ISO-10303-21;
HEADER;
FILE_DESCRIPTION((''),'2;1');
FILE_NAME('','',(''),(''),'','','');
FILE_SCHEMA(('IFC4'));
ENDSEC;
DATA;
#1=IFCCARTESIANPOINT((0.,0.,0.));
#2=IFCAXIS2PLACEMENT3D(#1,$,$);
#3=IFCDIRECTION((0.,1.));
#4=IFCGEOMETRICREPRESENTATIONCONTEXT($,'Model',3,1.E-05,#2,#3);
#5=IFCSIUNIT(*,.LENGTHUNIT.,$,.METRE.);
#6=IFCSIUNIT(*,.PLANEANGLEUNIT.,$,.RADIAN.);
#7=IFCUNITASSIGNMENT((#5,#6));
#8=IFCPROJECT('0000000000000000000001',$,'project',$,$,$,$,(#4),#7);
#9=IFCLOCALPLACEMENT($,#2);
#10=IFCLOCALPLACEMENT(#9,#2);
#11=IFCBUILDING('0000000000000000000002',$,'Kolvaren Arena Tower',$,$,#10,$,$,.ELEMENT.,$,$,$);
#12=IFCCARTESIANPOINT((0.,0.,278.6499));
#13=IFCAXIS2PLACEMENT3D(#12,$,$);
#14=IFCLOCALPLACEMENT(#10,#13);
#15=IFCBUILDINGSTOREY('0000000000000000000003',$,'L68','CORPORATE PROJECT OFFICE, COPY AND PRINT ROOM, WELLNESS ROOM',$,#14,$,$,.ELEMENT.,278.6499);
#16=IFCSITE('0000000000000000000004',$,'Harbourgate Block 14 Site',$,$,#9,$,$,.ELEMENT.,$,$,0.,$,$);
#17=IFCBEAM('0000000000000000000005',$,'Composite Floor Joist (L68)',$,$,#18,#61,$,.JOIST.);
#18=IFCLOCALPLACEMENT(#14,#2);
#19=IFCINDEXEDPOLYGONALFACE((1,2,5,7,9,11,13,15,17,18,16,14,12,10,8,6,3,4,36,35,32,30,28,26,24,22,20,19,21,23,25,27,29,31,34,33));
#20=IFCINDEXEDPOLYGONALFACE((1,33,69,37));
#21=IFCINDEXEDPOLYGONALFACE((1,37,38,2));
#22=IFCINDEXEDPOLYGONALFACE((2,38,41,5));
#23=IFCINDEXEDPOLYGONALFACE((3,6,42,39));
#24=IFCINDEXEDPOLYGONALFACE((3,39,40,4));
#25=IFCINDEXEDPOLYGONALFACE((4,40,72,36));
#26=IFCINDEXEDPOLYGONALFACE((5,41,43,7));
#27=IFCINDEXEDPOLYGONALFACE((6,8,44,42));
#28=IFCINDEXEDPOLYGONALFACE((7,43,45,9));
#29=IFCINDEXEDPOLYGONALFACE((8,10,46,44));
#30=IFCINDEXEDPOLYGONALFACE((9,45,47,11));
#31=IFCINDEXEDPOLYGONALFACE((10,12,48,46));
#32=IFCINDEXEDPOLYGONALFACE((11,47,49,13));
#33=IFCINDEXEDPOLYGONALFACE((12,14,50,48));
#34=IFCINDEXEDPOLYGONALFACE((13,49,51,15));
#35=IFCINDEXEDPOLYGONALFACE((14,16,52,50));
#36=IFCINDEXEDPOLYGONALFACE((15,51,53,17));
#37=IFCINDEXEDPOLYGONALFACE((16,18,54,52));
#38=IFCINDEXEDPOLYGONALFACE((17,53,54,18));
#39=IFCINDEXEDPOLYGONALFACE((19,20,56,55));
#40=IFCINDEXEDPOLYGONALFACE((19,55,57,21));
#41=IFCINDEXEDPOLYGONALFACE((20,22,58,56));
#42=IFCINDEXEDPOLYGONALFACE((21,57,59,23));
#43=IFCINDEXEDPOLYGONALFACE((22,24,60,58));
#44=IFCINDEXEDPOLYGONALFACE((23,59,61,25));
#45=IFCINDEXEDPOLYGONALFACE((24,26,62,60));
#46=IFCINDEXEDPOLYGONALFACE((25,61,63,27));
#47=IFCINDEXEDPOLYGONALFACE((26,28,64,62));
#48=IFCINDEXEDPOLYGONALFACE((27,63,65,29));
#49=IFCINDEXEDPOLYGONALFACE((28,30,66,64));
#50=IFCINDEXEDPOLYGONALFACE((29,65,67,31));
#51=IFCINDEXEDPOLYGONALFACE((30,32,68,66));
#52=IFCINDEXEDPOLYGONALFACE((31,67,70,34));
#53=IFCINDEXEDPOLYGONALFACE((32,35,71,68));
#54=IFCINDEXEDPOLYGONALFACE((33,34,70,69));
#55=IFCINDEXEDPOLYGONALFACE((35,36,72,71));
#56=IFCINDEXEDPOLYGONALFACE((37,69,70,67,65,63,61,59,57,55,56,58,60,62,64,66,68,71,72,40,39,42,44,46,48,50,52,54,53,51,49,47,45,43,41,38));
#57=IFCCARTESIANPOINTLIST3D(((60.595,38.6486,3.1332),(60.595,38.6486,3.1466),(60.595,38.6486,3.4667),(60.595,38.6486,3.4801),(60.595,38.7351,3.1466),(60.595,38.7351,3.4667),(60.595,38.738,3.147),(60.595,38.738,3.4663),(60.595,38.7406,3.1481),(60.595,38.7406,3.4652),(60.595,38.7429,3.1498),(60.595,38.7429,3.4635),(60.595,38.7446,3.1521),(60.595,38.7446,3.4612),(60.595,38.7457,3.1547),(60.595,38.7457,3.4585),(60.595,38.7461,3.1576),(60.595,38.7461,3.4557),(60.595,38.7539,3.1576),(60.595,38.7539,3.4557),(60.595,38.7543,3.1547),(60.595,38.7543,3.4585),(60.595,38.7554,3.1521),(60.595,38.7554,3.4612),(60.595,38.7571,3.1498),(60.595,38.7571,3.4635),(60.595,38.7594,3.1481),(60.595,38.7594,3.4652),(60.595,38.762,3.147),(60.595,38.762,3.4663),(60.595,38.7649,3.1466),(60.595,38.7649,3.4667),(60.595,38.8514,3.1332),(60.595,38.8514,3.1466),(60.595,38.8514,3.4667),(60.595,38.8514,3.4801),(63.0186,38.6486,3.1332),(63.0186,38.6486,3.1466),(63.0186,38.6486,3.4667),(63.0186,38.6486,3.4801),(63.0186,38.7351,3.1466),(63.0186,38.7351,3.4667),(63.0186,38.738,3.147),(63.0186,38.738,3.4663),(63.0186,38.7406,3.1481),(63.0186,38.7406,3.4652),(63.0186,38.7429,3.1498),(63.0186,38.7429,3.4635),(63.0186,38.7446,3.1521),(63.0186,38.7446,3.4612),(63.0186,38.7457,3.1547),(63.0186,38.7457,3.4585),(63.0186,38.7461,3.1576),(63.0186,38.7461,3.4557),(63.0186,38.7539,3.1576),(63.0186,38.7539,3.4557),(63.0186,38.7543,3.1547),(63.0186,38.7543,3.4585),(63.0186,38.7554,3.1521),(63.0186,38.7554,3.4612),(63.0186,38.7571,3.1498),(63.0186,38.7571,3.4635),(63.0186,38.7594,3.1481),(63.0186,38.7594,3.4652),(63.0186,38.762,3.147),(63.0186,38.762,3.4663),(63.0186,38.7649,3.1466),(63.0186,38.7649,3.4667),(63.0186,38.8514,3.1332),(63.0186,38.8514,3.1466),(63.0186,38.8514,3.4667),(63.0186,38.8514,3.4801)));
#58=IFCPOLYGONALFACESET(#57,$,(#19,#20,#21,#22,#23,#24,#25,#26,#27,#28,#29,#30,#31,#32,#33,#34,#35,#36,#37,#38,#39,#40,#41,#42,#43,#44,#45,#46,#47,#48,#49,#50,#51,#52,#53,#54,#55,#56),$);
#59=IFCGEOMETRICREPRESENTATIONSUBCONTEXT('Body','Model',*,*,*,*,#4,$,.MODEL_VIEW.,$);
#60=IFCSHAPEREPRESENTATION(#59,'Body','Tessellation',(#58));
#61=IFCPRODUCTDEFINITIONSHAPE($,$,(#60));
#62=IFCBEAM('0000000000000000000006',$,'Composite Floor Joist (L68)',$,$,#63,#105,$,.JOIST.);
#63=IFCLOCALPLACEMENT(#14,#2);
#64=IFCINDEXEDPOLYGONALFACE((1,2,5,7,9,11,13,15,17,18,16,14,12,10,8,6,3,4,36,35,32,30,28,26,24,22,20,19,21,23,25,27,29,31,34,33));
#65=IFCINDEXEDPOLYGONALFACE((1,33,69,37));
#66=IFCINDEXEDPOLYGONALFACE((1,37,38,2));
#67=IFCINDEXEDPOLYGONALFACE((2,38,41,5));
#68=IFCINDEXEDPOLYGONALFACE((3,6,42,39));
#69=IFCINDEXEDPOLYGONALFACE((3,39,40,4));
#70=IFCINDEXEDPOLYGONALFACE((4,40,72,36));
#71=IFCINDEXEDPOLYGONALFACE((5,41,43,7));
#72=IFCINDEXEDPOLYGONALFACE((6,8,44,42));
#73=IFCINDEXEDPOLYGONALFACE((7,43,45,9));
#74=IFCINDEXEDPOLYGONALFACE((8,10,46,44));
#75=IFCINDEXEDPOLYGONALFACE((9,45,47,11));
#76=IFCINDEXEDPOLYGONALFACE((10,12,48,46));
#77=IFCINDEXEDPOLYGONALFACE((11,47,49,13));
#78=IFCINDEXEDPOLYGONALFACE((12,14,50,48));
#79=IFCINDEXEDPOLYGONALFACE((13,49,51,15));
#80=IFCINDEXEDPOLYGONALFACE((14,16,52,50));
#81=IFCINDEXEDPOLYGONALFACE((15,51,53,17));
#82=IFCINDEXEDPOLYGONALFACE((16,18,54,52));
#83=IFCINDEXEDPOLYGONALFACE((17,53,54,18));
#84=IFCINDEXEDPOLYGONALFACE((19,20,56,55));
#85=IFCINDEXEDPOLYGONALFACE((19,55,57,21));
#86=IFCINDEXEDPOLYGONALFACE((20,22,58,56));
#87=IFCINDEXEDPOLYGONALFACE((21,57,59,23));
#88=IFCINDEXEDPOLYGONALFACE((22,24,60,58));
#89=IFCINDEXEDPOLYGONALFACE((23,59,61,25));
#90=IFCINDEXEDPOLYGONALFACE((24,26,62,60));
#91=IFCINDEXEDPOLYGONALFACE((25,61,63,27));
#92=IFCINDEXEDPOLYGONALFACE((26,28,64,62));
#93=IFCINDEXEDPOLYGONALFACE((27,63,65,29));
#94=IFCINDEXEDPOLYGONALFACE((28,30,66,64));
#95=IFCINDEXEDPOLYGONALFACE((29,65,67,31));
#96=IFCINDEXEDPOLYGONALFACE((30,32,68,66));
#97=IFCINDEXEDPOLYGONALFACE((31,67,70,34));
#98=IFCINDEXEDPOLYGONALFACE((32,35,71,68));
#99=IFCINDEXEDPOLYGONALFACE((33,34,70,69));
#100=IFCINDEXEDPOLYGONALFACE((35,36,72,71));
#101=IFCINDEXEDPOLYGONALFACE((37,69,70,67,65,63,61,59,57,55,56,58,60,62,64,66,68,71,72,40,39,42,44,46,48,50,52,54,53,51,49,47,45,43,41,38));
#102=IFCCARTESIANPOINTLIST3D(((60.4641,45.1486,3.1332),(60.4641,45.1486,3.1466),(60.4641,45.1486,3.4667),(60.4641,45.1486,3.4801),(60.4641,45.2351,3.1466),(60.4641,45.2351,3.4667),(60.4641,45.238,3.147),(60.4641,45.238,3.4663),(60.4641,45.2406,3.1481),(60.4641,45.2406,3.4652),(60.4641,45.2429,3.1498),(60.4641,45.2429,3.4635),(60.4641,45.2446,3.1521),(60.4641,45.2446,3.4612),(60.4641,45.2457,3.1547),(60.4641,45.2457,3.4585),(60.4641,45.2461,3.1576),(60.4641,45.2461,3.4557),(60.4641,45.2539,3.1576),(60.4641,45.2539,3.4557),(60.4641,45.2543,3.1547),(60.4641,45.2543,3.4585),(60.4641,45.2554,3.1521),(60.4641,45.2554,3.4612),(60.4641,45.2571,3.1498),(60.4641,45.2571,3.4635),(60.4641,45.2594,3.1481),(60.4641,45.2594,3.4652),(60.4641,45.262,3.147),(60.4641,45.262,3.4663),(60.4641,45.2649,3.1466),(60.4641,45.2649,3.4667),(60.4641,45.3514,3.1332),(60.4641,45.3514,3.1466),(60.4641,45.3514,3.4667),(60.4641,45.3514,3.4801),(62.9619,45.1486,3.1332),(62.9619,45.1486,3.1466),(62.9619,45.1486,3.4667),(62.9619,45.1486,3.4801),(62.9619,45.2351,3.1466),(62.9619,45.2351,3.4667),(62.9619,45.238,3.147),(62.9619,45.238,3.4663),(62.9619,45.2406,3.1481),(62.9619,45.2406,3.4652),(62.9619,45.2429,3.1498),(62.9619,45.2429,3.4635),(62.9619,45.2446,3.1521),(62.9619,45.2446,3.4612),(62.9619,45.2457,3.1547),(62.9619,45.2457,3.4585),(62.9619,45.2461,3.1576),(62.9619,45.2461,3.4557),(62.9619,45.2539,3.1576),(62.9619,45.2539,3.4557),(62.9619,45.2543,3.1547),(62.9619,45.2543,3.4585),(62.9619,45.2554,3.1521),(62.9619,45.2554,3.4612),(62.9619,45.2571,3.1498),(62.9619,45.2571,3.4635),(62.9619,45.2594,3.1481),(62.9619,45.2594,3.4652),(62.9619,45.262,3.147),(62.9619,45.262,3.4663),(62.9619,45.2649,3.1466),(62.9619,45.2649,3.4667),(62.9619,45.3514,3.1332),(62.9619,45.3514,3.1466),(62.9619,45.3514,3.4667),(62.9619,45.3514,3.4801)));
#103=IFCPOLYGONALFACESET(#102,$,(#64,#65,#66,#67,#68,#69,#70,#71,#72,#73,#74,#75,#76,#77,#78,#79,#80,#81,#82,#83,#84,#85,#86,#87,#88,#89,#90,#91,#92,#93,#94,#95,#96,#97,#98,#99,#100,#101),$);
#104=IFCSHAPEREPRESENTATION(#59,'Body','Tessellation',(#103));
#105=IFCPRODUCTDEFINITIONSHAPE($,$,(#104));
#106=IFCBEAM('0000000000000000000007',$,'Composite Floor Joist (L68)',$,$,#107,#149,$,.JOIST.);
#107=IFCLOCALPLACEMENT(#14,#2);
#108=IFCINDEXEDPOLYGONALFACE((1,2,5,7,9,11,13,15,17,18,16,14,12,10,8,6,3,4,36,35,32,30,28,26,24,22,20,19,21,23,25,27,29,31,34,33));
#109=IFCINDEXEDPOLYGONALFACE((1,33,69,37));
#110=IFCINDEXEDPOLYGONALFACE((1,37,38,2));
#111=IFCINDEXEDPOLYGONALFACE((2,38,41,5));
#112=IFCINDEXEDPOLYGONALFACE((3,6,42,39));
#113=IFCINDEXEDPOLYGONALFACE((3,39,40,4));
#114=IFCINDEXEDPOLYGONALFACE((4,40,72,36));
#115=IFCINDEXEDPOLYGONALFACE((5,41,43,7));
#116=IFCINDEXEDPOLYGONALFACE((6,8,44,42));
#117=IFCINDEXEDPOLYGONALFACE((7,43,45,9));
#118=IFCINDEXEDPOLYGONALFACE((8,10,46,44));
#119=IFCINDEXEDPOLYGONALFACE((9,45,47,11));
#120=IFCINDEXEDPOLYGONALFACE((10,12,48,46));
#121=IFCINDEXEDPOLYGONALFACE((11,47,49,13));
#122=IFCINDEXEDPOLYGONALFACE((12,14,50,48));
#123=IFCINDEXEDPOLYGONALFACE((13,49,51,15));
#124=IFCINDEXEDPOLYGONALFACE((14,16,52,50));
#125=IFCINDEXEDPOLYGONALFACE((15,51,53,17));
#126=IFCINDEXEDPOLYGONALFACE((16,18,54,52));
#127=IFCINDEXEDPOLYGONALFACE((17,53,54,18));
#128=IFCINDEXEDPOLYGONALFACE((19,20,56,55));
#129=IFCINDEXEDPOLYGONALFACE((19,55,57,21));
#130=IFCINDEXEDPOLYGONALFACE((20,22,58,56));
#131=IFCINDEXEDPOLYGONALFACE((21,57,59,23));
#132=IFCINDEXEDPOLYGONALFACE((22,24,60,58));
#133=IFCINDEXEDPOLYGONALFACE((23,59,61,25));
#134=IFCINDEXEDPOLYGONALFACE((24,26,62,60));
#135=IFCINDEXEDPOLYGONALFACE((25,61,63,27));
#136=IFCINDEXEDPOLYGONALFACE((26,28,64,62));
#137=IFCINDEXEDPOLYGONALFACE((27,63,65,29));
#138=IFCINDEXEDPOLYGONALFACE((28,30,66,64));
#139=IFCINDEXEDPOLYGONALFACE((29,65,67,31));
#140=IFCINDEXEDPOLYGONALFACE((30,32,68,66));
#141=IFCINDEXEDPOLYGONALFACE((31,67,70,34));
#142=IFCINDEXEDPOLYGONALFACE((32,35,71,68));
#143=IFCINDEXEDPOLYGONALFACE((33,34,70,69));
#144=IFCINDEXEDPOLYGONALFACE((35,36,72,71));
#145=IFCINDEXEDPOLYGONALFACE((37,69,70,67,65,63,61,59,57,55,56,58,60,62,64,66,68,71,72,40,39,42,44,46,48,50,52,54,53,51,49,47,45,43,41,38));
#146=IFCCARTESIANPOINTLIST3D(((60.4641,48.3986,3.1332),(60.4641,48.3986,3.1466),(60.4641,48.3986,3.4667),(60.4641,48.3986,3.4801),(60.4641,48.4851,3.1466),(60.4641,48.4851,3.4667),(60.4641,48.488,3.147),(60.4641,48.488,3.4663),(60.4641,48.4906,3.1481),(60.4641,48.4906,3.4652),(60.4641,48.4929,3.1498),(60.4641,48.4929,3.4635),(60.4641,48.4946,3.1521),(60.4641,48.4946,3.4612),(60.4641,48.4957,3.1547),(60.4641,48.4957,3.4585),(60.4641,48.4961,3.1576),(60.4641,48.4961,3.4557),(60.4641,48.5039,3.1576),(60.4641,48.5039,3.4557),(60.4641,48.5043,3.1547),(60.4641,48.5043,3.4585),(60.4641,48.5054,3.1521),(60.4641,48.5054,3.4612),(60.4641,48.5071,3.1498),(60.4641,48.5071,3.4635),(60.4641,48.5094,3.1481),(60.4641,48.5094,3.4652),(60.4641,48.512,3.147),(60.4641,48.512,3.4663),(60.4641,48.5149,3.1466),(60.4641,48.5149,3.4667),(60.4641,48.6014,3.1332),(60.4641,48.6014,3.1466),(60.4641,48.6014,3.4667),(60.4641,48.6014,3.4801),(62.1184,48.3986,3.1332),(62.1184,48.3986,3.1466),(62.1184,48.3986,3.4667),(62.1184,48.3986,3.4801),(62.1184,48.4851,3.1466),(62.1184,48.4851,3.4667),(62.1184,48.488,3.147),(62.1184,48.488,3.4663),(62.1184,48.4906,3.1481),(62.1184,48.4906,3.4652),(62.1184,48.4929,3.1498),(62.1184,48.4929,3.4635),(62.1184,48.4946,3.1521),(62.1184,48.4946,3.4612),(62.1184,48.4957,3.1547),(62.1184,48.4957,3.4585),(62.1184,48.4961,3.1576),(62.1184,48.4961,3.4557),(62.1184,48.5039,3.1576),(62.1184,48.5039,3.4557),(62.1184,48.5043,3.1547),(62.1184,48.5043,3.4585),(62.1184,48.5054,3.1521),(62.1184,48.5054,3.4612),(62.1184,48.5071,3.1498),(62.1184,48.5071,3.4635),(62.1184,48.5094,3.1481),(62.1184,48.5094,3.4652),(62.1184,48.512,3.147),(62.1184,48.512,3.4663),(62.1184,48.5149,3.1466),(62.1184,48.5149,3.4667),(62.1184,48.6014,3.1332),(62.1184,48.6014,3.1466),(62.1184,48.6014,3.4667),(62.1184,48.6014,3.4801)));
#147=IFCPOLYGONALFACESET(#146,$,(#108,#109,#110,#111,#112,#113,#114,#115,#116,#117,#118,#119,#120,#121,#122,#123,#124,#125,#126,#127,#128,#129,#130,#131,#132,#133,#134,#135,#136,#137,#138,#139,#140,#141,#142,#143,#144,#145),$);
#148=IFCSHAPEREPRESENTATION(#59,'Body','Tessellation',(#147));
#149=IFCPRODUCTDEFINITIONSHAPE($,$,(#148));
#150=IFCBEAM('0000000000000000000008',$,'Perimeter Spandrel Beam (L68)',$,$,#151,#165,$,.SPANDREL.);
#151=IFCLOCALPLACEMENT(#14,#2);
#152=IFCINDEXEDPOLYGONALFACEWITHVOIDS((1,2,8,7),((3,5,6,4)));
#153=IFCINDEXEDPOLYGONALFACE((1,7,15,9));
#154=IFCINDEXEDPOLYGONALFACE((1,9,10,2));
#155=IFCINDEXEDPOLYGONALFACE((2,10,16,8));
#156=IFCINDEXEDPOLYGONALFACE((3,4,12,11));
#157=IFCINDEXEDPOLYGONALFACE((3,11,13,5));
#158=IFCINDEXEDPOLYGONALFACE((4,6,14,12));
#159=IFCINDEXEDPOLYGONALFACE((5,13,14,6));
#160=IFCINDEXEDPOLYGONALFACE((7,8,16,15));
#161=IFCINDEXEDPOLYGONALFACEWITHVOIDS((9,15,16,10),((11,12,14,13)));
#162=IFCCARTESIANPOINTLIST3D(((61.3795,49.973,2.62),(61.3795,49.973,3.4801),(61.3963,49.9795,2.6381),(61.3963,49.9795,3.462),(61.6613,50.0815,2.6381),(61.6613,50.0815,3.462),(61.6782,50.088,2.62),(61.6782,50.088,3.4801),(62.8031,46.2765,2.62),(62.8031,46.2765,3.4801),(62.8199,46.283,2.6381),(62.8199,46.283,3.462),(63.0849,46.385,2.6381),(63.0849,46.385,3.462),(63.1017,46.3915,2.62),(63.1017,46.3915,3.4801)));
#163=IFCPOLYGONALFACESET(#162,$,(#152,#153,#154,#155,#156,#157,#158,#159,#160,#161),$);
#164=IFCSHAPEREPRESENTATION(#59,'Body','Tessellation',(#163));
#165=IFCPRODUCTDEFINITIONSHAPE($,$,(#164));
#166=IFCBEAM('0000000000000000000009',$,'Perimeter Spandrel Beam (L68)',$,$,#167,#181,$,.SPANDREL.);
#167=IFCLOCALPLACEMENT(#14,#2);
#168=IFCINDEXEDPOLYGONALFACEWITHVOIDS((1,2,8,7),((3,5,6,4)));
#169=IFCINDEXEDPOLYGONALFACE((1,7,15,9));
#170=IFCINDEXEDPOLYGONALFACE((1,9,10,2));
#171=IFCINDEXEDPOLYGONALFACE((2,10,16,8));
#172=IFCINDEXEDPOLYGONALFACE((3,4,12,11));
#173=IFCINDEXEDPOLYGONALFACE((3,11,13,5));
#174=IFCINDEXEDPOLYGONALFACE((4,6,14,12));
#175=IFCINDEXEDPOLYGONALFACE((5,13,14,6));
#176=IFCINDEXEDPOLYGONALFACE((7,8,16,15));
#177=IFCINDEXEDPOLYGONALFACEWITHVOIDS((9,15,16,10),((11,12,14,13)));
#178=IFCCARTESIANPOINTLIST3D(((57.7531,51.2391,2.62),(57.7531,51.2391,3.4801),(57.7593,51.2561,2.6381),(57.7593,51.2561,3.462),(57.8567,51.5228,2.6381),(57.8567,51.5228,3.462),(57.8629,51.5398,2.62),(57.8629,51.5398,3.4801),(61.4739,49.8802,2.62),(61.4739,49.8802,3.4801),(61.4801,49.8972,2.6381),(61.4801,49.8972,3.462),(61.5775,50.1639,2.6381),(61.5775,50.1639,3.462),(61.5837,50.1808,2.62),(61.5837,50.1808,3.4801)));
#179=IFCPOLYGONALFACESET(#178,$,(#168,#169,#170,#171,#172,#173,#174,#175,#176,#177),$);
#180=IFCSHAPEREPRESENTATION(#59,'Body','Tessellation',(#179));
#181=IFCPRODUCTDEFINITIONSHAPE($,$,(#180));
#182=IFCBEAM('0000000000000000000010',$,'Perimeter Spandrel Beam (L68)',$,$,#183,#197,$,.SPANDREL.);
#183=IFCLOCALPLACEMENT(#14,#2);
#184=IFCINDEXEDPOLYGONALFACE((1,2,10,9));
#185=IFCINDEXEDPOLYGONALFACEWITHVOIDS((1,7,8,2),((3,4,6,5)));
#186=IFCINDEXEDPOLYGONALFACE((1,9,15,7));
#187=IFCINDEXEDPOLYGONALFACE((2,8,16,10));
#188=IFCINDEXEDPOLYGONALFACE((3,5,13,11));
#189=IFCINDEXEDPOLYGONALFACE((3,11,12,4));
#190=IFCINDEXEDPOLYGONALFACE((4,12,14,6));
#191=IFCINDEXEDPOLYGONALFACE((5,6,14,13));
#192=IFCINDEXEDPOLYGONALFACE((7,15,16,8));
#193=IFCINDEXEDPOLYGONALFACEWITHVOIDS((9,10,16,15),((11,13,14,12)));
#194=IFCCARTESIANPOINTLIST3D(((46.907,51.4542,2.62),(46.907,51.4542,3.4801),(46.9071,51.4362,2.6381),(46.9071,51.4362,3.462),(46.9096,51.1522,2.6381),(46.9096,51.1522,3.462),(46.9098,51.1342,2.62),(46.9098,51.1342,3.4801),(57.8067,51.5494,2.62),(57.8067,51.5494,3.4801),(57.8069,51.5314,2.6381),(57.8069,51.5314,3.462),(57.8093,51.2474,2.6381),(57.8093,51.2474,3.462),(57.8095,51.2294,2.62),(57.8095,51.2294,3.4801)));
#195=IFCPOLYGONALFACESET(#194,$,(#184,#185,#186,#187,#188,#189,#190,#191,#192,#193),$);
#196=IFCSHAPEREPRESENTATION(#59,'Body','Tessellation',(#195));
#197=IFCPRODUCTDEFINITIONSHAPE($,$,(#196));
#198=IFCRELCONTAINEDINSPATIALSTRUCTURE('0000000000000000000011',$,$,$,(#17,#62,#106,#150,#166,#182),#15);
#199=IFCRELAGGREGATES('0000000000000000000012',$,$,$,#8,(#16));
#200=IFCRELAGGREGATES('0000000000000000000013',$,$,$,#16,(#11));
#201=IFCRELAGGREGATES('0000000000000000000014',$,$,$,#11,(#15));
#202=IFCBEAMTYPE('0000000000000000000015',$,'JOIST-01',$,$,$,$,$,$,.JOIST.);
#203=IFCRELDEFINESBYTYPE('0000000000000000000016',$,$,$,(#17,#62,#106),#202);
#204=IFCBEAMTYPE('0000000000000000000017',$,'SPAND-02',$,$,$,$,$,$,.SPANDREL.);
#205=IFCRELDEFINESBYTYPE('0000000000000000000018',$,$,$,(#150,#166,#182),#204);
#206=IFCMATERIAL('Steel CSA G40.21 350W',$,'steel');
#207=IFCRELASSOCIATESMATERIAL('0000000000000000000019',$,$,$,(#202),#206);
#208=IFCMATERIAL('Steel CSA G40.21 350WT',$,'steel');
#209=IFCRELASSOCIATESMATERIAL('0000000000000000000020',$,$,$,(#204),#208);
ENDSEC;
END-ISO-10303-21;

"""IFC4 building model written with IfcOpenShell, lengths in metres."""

from ifc_helpers import new_model, si_unit, direction, frame, origin, origin_2d, place, context, subcontext, project, spatial, hollow_rectangle, i_section, extrude, material, material_profile, profile_set, type_object, element, save


model = new_model("IFC4")

# Units and contexts
model_context = context("Model", 3, precision=1e-05, world=origin(), true_north=direction((0.0, 1.0)))
body_context = subcontext(model_context, "Body", "Model", "MODEL_VIEW")
ifc_project = project(units=[si_unit("LENGTHUNIT", "METRE"), si_unit("PLANEANGLEUNIT", "RADIAN")], contexts=[model_context])

# Site, building, storey
site_placement = place(None, origin())
site = spatial("IfcSite", under=ifc_project, at=site_placement, Name="Harbourgate Block 14 Site", CompositionType="ELEMENT", RefElevation=0.0)
building_placement = place(site_placement, origin())
building = spatial("IfcBuilding", under=site, at=building_placement, Name="Kolvaren Arena Tower", CompositionType="ELEMENT")
storey_placement = place(building_placement, frame((0.0, 0.0, 278.6499)))
storey = spatial("IfcBuildingStorey", under=building, at=storey_placement, Name="L68", Description="CORPORATE PROJECT OFFICE, COPY AND PRINT ROOM, WELLNESS ROOM", CompositionType="ELEMENT", Elevation=278.6499)

# Beams
ifc_material_1 = material(Name="Steel CSA G40.21 350W", Category="steel")
ifc_material_profile_1 = material_profile(ifc_material_1, i_section(OverallWidth=0.2029, OverallDepth=0.3469, WebThickness=0.0078, FlangeThickness=0.0134, FilletRadius=0.011, at=origin_2d()), Name="W360x64")
ifc_profile_set_1 = profile_set([ifc_material_profile_1], Name="Steel CSA G40.21 350W")
beam_type_1 = type_object("IfcBeamType", Name="JOIST-01", PredefinedType="JOIST", material=ifc_profile_set_1)
beam_1_placement = place(storey_placement, frame((60.595, 38.75, 3.3066), z_axis=(1.0, 0.0, 0.0), x_axis=(0.0, 1.0, 0.0)))
element("IfcBeam", 1, at=beam_1_placement, inside=storey, type_object=beam_type_1, Name="Composite Floor Joist (L68)", PredefinedType="JOIST", context=body_context, shape_type="SweptSolid", body=[
    extrude(i_section(OverallWidth=0.2029, OverallDepth=0.3469, WebThickness=0.0078, FlangeThickness=0.0134, FilletRadius=0.011, at=origin_2d()), origin(), (0.0, 0.0, 1.0), 2.4236),
])
beam_2_placement = place(storey_placement, frame((60.4641, 45.25, 3.3066), z_axis=(1.0, 0.0, 0.0), x_axis=(0.0, 1.0, 0.0)))
element("IfcBeam", 2, at=beam_2_placement, inside=storey, type_object=beam_type_1, Name="Composite Floor Joist (L68)", PredefinedType="JOIST", context=body_context, shape_type="SweptSolid", body=[
    extrude(i_section(OverallWidth=0.2029, OverallDepth=0.3469, WebThickness=0.0078, FlangeThickness=0.0134, FilletRadius=0.011, at=origin_2d()), origin(), (0.0, 0.0, 1.0), 2.4978),
])
beam_3_placement = place(storey_placement, frame((60.4641, 48.5, 3.3066), z_axis=(1.0, 0.0, 0.0), x_axis=(0.0, 1.0, 0.0)))
element("IfcBeam", 3, at=beam_3_placement, inside=storey, type_object=beam_type_1, Name="Composite Floor Joist (L68)", PredefinedType="JOIST", context=body_context, shape_type="SweptSolid", body=[
    extrude(i_section(OverallWidth=0.2029, OverallDepth=0.3469, WebThickness=0.0078, FlangeThickness=0.0134, FilletRadius=0.011, at=origin_2d()), origin(), (0.0, 0.0, 1.0), 1.6543),
])
ifc_material_2 = material(Name="Steel CSA G40.21 350WT", Category="steel")
ifc_material_profile_2 = material_profile(ifc_material_2, hollow_rectangle(XDim=0.3201, YDim=0.8601, WallThickness=0.0181, at=origin_2d()), Name="HSS 860x320x18")
ifc_profile_set_2 = profile_set([ifc_material_profile_2], Name="Steel CSA G40.21 350WT")
beam_type_2 = type_object("IfcBeamType", Name="SPAND-02", PredefinedType="SPANDREL", material=ifc_profile_set_2)
for number, where, z_axis, x_axis, name in (
    (4, (62.9524, 46.334, 3.05), (-0.359384, 0.93319, 0.0), (-0.93319, -0.359384, 0.0), "Perimeter Spandrel Beam (L68)"),
    (5, (61.5288, 50.0305, 3.05), (-0.939314, 0.343059, 0.0), (-0.343059, -0.939314, 0.0), "Perimeter Spandrel Beam (L68)"),
):
    element("IfcBeam", number, at=place(storey_placement, frame(where, z_axis=z_axis, x_axis=x_axis)), inside=storey, type_object=beam_type_2, Name=name, PredefinedType="SPANDREL", context=body_context, shape_type="SweptSolid", body=[
        extrude(hollow_rectangle(XDim=0.3201, YDim=0.8601, WallThickness=0.0181, at=origin_2d()), origin(), (0.0, 0.0, 1.0), 3.9612),
    ])
beam_4_placement = place(storey_placement, frame((57.8081, 51.3894, 3.05), z_axis=(-0.999962, -0.008735, 0.0), x_axis=(0.008735, -0.999962, 0.0)))
element("IfcBeam", 6, at=beam_4_placement, inside=storey, type_object=beam_type_2, Name="Perimeter Spandrel Beam (L68)", PredefinedType="SPANDREL", context=body_context, shape_type="SweptSolid", body=[
    extrude(hollow_rectangle(XDim=0.3201, YDim=0.8601, WallThickness=0.0181, at=origin_2d()), origin(), (0.0, 0.0, 1.0), 10.9001),
])

save(model, "model.ifc")
